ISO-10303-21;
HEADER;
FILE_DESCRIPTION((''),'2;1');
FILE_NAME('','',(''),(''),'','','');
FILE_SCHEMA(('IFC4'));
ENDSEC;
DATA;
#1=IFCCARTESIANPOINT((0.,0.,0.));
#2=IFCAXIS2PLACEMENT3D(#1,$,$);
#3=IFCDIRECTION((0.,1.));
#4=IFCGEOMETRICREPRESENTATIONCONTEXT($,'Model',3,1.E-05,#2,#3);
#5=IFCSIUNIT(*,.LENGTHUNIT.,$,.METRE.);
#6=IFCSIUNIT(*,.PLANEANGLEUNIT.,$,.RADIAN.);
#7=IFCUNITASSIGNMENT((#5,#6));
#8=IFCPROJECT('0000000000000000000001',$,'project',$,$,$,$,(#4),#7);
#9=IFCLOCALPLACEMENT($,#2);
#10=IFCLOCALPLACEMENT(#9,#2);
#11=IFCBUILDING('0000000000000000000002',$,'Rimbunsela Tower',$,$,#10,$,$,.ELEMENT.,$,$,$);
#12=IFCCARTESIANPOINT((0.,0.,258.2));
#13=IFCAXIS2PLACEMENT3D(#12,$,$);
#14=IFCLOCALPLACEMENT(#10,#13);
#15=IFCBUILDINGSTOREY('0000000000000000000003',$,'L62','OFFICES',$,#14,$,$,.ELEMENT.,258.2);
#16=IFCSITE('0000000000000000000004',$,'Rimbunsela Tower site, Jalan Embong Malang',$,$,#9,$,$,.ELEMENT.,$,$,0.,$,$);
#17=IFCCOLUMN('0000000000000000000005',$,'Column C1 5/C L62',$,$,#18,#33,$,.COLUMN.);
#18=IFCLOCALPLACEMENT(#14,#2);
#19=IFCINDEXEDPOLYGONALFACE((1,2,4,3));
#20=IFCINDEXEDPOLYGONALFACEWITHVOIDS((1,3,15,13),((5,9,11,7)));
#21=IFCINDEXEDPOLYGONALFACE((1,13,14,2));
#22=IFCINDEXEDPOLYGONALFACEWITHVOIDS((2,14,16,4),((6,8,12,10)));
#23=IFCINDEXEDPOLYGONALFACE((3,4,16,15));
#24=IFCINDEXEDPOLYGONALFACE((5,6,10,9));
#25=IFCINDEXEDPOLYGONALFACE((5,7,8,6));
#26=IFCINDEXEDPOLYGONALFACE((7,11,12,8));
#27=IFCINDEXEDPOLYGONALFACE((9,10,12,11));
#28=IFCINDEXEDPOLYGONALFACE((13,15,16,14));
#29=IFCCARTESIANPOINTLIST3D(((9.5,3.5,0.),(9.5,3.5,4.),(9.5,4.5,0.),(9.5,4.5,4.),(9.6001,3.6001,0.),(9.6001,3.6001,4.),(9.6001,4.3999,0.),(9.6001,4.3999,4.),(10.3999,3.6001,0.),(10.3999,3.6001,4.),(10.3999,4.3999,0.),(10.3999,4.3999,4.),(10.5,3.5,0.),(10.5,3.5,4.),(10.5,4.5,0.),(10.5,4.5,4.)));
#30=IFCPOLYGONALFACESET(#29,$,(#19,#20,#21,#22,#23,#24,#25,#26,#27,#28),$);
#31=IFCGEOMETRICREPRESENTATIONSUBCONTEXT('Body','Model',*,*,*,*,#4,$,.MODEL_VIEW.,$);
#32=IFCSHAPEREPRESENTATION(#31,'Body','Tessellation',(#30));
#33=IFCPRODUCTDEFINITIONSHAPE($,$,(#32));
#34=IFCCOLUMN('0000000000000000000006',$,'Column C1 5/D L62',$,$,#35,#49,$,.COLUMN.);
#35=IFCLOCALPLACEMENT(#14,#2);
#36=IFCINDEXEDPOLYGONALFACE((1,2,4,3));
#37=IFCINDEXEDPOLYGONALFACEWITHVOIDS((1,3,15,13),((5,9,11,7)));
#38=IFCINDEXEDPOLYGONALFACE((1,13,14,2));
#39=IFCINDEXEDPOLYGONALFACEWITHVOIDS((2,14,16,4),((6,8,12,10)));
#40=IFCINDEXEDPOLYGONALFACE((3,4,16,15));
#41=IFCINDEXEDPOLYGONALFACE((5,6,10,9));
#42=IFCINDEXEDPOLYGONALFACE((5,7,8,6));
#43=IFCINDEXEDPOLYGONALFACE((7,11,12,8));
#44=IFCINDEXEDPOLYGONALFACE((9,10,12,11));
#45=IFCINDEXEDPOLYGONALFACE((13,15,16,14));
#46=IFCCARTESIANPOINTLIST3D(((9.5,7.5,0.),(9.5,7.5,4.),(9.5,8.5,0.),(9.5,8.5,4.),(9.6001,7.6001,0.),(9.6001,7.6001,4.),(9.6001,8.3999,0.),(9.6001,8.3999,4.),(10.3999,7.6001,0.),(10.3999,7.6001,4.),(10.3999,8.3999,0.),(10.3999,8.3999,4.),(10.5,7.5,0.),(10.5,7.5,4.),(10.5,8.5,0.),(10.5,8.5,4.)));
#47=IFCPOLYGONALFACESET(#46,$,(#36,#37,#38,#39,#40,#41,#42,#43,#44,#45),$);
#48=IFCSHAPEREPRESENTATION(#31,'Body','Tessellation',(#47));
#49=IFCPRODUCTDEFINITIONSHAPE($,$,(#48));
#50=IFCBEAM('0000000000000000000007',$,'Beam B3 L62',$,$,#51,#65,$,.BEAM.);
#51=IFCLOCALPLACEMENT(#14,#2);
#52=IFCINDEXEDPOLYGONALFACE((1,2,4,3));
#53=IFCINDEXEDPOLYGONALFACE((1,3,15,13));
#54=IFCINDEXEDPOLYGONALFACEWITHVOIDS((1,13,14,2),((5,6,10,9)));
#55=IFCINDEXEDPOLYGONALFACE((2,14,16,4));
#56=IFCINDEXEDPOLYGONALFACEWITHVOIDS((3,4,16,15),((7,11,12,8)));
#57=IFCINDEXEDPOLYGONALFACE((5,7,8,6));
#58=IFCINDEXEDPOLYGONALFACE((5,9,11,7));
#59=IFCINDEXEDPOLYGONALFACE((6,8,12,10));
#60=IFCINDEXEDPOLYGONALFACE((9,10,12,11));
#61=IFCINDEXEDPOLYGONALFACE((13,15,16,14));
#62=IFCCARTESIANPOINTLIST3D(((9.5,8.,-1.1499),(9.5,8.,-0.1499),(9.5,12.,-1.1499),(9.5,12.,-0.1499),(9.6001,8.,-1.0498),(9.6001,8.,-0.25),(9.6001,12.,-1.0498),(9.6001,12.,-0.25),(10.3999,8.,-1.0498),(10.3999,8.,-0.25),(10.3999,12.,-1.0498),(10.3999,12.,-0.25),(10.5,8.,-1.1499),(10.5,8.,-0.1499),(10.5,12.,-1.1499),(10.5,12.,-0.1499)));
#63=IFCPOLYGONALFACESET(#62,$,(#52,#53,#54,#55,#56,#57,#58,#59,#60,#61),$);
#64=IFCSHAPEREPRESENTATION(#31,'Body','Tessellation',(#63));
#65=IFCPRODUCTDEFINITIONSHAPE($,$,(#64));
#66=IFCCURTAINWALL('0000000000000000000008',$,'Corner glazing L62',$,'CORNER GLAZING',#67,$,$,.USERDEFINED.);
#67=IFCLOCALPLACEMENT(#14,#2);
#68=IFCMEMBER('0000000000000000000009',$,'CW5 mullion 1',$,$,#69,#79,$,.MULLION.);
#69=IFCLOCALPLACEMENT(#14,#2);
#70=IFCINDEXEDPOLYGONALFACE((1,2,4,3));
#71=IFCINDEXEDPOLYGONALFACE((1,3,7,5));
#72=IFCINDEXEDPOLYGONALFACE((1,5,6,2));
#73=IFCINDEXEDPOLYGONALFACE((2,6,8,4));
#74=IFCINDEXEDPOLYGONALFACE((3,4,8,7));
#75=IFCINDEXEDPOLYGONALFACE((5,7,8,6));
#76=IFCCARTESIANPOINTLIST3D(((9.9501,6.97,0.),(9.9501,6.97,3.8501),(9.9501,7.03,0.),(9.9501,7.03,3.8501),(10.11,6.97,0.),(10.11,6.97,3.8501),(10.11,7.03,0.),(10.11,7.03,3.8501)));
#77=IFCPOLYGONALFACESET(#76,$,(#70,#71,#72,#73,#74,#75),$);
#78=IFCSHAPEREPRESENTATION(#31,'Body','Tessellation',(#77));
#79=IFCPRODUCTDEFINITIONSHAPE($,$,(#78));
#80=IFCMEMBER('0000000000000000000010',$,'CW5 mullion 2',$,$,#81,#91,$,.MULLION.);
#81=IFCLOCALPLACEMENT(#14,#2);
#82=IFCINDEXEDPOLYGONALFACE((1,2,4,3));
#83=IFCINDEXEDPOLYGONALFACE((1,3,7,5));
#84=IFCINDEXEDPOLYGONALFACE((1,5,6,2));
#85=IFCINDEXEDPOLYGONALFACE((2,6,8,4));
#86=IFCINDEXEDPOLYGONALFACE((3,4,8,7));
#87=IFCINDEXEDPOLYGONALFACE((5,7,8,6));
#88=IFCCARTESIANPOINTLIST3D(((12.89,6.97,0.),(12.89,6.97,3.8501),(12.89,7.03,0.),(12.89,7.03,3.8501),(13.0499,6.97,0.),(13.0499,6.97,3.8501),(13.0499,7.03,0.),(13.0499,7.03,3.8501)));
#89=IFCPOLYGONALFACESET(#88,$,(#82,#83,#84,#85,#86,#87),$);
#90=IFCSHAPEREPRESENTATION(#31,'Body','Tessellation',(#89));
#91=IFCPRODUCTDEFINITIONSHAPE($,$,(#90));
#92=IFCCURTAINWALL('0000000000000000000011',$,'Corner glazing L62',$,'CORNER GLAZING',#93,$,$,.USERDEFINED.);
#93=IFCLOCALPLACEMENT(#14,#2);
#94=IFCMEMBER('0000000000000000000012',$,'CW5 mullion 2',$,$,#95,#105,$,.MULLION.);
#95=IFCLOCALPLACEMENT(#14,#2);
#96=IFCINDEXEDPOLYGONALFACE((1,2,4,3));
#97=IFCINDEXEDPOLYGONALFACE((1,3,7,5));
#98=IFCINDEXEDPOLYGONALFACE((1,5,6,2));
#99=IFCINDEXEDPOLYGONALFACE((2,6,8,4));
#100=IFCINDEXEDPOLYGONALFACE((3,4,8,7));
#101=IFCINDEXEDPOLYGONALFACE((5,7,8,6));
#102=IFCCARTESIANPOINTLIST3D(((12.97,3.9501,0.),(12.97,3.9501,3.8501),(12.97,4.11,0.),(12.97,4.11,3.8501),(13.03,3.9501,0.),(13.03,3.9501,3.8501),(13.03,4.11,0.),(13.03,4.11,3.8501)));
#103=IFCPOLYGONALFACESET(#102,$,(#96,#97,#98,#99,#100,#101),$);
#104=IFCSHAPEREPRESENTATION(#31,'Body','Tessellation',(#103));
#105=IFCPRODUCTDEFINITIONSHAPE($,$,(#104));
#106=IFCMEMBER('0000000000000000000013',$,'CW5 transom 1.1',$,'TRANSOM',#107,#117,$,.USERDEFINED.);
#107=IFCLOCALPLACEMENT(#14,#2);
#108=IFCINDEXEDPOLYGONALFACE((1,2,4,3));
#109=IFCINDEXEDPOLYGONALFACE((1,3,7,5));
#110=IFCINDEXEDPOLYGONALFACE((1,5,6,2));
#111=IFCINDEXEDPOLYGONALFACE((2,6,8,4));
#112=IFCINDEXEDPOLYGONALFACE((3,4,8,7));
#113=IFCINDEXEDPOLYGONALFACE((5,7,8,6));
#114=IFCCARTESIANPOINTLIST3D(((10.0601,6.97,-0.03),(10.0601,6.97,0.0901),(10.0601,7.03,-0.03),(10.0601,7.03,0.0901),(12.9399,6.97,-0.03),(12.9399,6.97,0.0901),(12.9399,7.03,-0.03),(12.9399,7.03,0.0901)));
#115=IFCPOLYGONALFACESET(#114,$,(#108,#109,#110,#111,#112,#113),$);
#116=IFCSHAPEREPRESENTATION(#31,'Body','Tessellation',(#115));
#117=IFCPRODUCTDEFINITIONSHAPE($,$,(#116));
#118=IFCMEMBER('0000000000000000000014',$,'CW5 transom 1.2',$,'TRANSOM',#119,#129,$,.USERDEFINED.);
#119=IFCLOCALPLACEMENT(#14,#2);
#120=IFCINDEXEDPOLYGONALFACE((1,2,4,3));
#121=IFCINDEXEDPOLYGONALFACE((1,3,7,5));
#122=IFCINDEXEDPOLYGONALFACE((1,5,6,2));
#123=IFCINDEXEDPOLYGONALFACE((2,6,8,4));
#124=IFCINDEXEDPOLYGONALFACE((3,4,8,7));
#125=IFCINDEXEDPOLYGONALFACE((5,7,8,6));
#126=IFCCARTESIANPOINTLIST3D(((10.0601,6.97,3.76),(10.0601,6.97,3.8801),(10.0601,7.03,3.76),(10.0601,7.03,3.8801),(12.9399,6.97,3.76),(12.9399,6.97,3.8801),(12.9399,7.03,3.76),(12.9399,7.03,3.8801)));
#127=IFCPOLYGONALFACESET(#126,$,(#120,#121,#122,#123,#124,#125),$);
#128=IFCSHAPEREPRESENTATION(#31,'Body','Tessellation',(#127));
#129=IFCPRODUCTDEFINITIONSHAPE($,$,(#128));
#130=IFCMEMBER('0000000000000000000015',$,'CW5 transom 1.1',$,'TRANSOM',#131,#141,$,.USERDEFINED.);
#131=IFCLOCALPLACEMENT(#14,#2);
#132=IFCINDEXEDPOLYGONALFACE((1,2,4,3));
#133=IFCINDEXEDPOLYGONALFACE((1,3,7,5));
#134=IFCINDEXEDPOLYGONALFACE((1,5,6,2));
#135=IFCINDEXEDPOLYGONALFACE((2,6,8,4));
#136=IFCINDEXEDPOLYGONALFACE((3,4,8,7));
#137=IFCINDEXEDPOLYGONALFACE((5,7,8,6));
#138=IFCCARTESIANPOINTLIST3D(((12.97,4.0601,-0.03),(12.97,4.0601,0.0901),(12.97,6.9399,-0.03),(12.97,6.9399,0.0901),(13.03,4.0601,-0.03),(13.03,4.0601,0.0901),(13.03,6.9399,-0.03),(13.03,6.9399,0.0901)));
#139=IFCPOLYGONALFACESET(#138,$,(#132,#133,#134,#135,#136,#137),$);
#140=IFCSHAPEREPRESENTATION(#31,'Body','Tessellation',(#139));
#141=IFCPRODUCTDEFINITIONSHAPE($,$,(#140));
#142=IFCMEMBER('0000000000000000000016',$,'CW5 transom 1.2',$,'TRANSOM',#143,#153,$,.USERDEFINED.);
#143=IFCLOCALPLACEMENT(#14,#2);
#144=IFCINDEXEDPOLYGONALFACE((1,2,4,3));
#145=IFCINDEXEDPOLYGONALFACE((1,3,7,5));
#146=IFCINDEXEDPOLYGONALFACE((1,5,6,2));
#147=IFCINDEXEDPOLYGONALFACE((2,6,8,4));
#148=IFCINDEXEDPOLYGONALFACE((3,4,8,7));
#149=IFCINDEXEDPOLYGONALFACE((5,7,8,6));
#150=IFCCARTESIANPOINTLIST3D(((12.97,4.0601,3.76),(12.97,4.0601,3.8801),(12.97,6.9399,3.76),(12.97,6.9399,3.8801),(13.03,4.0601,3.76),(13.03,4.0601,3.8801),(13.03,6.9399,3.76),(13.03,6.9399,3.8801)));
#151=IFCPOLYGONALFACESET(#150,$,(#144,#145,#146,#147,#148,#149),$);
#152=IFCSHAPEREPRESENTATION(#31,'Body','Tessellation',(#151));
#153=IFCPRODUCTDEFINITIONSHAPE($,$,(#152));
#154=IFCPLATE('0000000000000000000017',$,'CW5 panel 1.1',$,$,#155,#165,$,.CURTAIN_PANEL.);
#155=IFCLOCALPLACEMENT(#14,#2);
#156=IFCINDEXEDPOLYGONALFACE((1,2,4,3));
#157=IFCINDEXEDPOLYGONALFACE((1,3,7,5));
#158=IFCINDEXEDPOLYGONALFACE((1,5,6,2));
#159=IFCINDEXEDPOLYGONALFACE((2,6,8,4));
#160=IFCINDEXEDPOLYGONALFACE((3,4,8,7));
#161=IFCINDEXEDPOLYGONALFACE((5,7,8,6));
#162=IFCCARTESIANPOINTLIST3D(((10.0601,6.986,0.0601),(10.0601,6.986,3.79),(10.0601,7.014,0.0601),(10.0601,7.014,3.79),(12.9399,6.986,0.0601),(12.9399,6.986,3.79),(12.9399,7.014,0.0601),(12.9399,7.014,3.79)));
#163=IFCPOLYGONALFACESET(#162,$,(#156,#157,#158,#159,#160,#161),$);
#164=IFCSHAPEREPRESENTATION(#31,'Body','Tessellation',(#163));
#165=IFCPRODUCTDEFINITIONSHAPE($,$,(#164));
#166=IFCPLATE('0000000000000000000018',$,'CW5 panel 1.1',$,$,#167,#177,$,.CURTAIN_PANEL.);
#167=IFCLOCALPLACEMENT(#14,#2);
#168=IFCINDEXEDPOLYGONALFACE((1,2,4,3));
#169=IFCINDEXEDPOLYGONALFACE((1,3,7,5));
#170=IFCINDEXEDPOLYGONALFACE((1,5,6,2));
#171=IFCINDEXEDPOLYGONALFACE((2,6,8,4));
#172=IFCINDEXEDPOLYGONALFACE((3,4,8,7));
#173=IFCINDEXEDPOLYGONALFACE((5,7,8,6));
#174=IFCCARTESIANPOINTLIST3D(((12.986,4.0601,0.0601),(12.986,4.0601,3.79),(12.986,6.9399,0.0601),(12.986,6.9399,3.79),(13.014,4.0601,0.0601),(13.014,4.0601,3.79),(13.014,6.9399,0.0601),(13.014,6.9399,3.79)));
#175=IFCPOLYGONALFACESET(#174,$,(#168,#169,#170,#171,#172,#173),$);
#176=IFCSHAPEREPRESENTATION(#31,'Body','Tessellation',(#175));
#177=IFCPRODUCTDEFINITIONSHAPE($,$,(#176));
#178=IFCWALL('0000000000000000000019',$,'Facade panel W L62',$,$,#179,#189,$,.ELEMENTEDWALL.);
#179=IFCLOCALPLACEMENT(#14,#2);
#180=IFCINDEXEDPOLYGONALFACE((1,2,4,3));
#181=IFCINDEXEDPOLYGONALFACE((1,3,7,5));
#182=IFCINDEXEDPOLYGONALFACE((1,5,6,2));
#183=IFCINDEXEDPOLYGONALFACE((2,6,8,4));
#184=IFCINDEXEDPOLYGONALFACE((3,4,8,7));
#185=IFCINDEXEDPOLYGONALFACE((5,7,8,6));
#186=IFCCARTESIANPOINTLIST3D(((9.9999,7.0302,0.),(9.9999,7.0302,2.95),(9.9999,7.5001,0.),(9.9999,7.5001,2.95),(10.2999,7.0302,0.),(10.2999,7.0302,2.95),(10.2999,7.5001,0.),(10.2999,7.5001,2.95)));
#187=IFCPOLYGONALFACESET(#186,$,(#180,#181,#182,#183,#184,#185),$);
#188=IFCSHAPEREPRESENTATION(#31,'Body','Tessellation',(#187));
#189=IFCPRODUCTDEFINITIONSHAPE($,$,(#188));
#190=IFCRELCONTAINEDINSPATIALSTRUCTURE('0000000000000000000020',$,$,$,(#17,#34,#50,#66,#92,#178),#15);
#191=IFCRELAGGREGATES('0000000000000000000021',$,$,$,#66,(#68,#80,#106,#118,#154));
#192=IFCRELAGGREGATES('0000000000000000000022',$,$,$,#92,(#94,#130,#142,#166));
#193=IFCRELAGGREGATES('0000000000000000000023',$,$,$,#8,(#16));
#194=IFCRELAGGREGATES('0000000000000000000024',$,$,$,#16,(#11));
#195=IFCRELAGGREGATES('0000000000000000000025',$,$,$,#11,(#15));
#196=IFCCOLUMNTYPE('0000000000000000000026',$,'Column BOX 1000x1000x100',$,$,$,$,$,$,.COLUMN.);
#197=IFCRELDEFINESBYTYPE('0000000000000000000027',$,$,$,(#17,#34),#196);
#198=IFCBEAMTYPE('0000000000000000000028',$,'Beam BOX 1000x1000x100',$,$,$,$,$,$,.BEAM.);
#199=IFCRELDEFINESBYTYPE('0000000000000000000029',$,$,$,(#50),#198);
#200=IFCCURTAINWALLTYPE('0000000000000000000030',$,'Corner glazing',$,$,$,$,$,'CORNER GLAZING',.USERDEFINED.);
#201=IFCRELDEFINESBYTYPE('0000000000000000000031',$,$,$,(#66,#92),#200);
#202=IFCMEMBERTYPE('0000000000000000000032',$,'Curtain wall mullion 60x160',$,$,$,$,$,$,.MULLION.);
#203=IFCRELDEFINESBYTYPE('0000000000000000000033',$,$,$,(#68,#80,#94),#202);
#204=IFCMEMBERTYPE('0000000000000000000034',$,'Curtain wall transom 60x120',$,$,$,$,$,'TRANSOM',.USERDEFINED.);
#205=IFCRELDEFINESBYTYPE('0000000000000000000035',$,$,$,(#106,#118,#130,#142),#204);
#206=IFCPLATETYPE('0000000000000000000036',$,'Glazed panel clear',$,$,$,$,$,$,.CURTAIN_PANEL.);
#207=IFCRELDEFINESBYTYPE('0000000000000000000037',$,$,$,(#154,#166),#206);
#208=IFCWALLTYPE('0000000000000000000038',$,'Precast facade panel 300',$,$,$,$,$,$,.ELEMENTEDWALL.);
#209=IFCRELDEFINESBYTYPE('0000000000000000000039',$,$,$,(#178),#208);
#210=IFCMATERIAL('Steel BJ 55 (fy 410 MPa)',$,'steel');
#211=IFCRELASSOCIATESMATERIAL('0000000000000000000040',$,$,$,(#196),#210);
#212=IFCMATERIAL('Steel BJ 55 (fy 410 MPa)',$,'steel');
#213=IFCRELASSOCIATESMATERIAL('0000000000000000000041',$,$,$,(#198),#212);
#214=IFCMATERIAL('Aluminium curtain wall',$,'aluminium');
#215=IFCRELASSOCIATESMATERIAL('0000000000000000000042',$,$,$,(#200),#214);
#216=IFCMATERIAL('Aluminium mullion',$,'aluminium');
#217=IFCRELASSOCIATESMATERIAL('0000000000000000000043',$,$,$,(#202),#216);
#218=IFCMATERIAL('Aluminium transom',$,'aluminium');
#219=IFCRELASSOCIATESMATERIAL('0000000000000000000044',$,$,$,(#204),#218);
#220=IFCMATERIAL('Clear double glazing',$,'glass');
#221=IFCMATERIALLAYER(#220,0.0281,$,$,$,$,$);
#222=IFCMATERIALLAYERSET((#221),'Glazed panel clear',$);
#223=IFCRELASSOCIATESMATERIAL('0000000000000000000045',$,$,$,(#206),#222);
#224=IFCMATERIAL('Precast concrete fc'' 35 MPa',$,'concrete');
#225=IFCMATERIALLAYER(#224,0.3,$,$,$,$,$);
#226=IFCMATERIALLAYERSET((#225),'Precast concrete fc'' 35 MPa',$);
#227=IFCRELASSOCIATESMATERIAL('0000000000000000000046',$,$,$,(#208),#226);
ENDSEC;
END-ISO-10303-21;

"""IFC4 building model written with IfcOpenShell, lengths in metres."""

from ifc_helpers import new_model, si_unit, direction, frame, frame_2d, origin, origin_2d, place, context, subcontext, project, spatial, rectangle, hollow_rectangle, extrude, material, layer, layer_set, material_profile, profile_set, type_object, element, aggregate, save


model = new_model("IFC4")

# Units and contexts
model_context = context("Model", 3, precision=1e-05, world=origin(), true_north=direction((0.0, 1.0)))
body_context = subcontext(model_context, "Body", "Model", "MODEL_VIEW")
ifc_project = project(units=[si_unit("LENGTHUNIT", "METRE"), si_unit("PLANEANGLEUNIT", "RADIAN")], contexts=[model_context])

# Site, building, storey
site_placement = place(None, origin())
site = spatial("IfcSite", under=ifc_project, at=site_placement, Name="Rimbunsela Tower site, Jalan Embong Malang", CompositionType="ELEMENT", RefElevation=0.0)
building_placement = place(site_placement, origin())
building = spatial("IfcBuilding", under=site, at=building_placement, Name="Rimbunsela Tower", CompositionType="ELEMENT")
storey_placement = place(building_placement, frame((0.0, 0.0, 258.2)))
storey = spatial("IfcBuildingStorey", under=building, at=storey_placement, Name="L62", Description="OFFICES", CompositionType="ELEMENT", Elevation=258.2)

# Columns
ifc_material_1 = material(Name="Steel BJ 55 (fy 410 MPa)", Category="steel")
ifc_material_profile_1 = material_profile(ifc_material_1, hollow_rectangle(XDim=1.0, YDim=1.0, WallThickness=0.1001, at=origin_2d()), Name="BOX 1000x1000x100")
ifc_profile_set_1 = profile_set([ifc_material_profile_1], Name="Steel BJ 55 (fy 410 MPa)")
column_type = type_object("IfcColumnType", Name="Column BOX 1000x1000x100", PredefinedType="COLUMN", material=ifc_profile_set_1)
for number, where, z_axis, x_axis, name in (
    (1, (10.0, 4.0, 0.0), (0.0, 0.0, 1.0), (1.0, 0.0, 0.0), "Column C1 5/C L62"),
    (2, (10.0, 8.0, 0.0), (0.0, 0.0, 1.0), (1.0, 0.0, 0.0), "Column C1 5/D L62"),
):
    element("IfcColumn", number, at=place(storey_placement, frame(where, z_axis=z_axis, x_axis=x_axis)), inside=storey, type_object=column_type, Name=name, PredefinedType="COLUMN", context=body_context, shape_type="SweptSolid", body=[
        extrude(hollow_rectangle(XDim=1.0, YDim=1.0, WallThickness=0.1001, at=origin_2d()), origin(), (0.0, 0.0, 1.0), 4.0),
    ])

# Beam
ifc_material_2 = material(Name="Steel BJ 55 (fy 410 MPa)", Category="steel")
ifc_material_profile_2 = material_profile(ifc_material_2, hollow_rectangle(XDim=1.0, YDim=1.0, WallThickness=0.1001, at=origin_2d()), Name="BOX 1000x1000x100")
ifc_profile_set_2 = profile_set([ifc_material_profile_2], Name="Steel BJ 55 (fy 410 MPa)")
beam_type = type_object("IfcBeamType", Name="Beam BOX 1000x1000x100", PredefinedType="BEAM", material=ifc_profile_set_2)
beam_placement = place(storey_placement, frame((10.0, 8.0, -0.6499), z_axis=(0.0, 1.0, 0.0), x_axis=(-1.0, 0.0, 0.0)))
element("IfcBeam", 3, at=beam_placement, inside=storey, type_object=beam_type, Name="Beam B3 L62", PredefinedType="BEAM", context=body_context, shape_type="SweptSolid", body=[
    extrude(hollow_rectangle(XDim=1.0, YDim=1.0, WallThickness=0.1001, at=origin_2d()), origin(), (0.0, 0.0, 1.0), 4.0),
])

# Curtain wall, members
ifc_material_3 = material(Name="Aluminium curtain wall", Category="aluminium")
curtain_wall_type = type_object("IfcCurtainWallType", Name="Corner glazing", ElementType="CORNER GLAZING", PredefinedType="USERDEFINED", material=ifc_material_3)
curtain_wall_1_placement = place(storey_placement, origin())
curtain_wall_1 = element("IfcCurtainWall", 4, at=curtain_wall_1_placement, inside=storey, type_object=curtain_wall_type, Name="Corner glazing L62", ObjectType="CORNER GLAZING", PredefinedType="USERDEFINED")
ifc_material_4 = material(Name="Aluminium mullion", Category="aluminium")
ifc_material_profile_3 = material_profile(ifc_material_4, rectangle(XDim=0.0601, YDim=0.1599, at=origin_2d()), Name="Mullion 60x160")
ifc_profile_set_3 = profile_set([ifc_material_profile_3], Name="Aluminium mullion")
member_type_1 = type_object("IfcMemberType", Name="Curtain wall mullion 60x160", PredefinedType="MULLION", material=ifc_profile_set_3)
member_1_placement = place(storey_placement, frame((10.03, 7.0, 0.0), z_axis=(0.0, 0.0, 1.0), x_axis=(0.0, 1.0, 0.0)))
member_1 = element("IfcMember", 5, at=member_1_placement, type_object=member_type_1, Name="CW5 mullion 1", PredefinedType="MULLION", context=body_context, shape_type="SweptSolid", body=[
    extrude(rectangle(XDim=0.0601, YDim=0.1599, at=origin_2d()), origin(), (0.0, 0.0, 1.0), 3.8501),
])
member_2_placement = place(storey_placement, frame((12.97, 7.0, 0.0), z_axis=(0.0, 0.0, 1.0), x_axis=(0.0, 1.0, 0.0)))
member_2 = element("IfcMember", 6, at=member_2_placement, type_object=member_type_1, Name="CW5 mullion 2", PredefinedType="MULLION", context=body_context, shape_type="SweptSolid", body=[
    extrude(rectangle(XDim=0.0601, YDim=0.1599, at=origin_2d()), origin(), (0.0, 0.0, 1.0), 3.8501),
])

# Curtain wall, member
curtain_wall_2_placement = place(storey_placement, origin())
curtain_wall_2 = element("IfcCurtainWall", 7, at=curtain_wall_2_placement, inside=storey, type_object=curtain_wall_type, Name="Corner glazing L62", ObjectType="CORNER GLAZING", PredefinedType="USERDEFINED")
member_3_placement = place(storey_placement, frame((13.0, 4.03, 0.0), z_axis=(0.0, 0.0, 1.0), x_axis=(1.0, 0.0, 0.0)))
member_3 = element("IfcMember", 8, at=member_3_placement, type_object=member_type_1, Name="CW5 mullion 2", PredefinedType="MULLION", context=body_context, shape_type="SweptSolid", body=[
    extrude(rectangle(XDim=0.0601, YDim=0.1599, at=origin_2d()), origin(), (0.0, 0.0, 1.0), 3.8501),
])

# Members
ifc_material_5 = material(Name="Aluminium transom", Category="aluminium")
ifc_material_profile_4 = material_profile(ifc_material_5, rectangle(XDim=0.0601, YDim=0.1201, at=origin_2d()), Name="Transom 60x120")
ifc_profile_set_4 = profile_set([ifc_material_profile_4], Name="Aluminium transom")
member_type_2 = type_object("IfcMemberType", Name="Curtain wall transom 60x120", ElementType="TRANSOM", PredefinedType="USERDEFINED", material=ifc_profile_set_4)
member_4_placement = place(storey_placement, frame((10.0601, 7.0, 0.03), z_axis=(1.0, 0.0, 0.0), x_axis=(0.0, 1.0, 0.0)))
member_4 = element("IfcMember", 9, at=member_4_placement, type_object=member_type_2, Name="CW5 transom 1.1", ObjectType="TRANSOM", PredefinedType="USERDEFINED", context=body_context, shape_type="SweptSolid", body=[
    extrude(rectangle(XDim=0.0601, YDim=0.1201, at=origin_2d()), origin(), (0.0, 0.0, 1.0), 2.8799),
])
member_5_placement = place(storey_placement, frame((10.0601, 7.0, 3.8201), z_axis=(1.0, 0.0, 0.0), x_axis=(0.0, 1.0, 0.0)))
member_5 = element("IfcMember", 10, at=member_5_placement, type_object=member_type_2, Name="CW5 transom 1.2", ObjectType="TRANSOM", PredefinedType="USERDEFINED", context=body_context, shape_type="SweptSolid", body=[
    extrude(rectangle(XDim=0.0601, YDim=0.1201, at=origin_2d()), origin(), (0.0, 0.0, 1.0), 2.8799),
])
member_6_placement = place(storey_placement, frame((13.0, 6.9399, 0.03), z_axis=(0.0, -1.0, 0.0), x_axis=(1.0, 0.0, 0.0)))
member_6 = element("IfcMember", 11, at=member_6_placement, type_object=member_type_2, Name="CW5 transom 1.1", ObjectType="TRANSOM", PredefinedType="USERDEFINED", context=body_context, shape_type="SweptSolid", body=[
    extrude(rectangle(XDim=0.0601, YDim=0.1201, at=origin_2d()), origin(), (0.0, 0.0, 1.0), 2.8799),
])
member_7_placement = place(storey_placement, frame((13.0, 6.9399, 3.8201), z_axis=(0.0, -1.0, 0.0), x_axis=(1.0, 0.0, 0.0)))
member_7 = element("IfcMember", 12, at=member_7_placement, type_object=member_type_2, Name="CW5 transom 1.2", ObjectType="TRANSOM", PredefinedType="USERDEFINED", context=body_context, shape_type="SweptSolid", body=[
    extrude(rectangle(XDim=0.0601, YDim=0.1201, at=origin_2d()), origin(), (0.0, 0.0, 1.0), 2.8799),
])

# Plates
ifc_material_6 = material(Name="Clear double glazing", Category="glass")
ifc_layer_1 = layer(ifc_material_6, 0.0281)
ifc_layer_set_1 = layer_set([ifc_layer_1], Name="Glazed panel clear")
plate_type = type_object("IfcPlateType", Name="Glazed panel clear", PredefinedType="CURTAIN_PANEL", material=ifc_layer_set_1)
plate_1_placement = place(storey_placement, frame((11.5, 7.0, 0.0601), z_axis=(0.0, 0.0, 1.0), x_axis=(1.0, 0.0, 0.0)))
plate_1 = element("IfcPlate", 13, at=plate_1_placement, type_object=plate_type, Name="CW5 panel 1.1", PredefinedType="CURTAIN_PANEL", context=body_context, shape_type="SweptSolid", body=[
    extrude(rectangle(XDim=2.8799, YDim=0.0281, at=origin_2d()), origin(), (0.0, 0.0, 1.0), 3.73),
])
aggregate(curtain_wall_1, [member_1, member_2, member_4, member_5, plate_1])
plate_2_placement = place(storey_placement, frame((13.0, 5.5, 0.0601), z_axis=(0.0, 0.0, 1.0), x_axis=(0.0, -1.0, 0.0)))
plate_2 = element("IfcPlate", 14, at=plate_2_placement, type_object=plate_type, Name="CW5 panel 1.1", PredefinedType="CURTAIN_PANEL", context=body_context, shape_type="SweptSolid", body=[
    extrude(rectangle(XDim=2.8799, YDim=0.0281, at=origin_2d()), origin(), (0.0, 0.0, 1.0), 3.73),
])
aggregate(curtain_wall_2, [member_3, member_6, member_7, plate_2])

# Wall
ifc_material_7 = material(Name="Precast concrete fc' 35 MPa", Category="concrete")
ifc_layer_2 = layer(ifc_material_7, 0.3)
ifc_layer_set_2 = layer_set([ifc_layer_2], Name="Precast concrete fc' 35 MPa")
wall_type = type_object("IfcWallType", Name="Precast facade panel 300", PredefinedType="ELEMENTEDWALL", material=ifc_layer_set_2)
wall_1_placement = place(storey_placement, frame((10.1499, 7.5, 0.0), z_axis=(0.0, 0.0, 1.0), x_axis=(0.0, -1.0, 0.0)))
element("IfcWall", 15, at=wall_1_placement, inside=storey, type_object=wall_type, Name="Facade panel W L62", PredefinedType="ELEMENTEDWALL", context=body_context, shape_type="SweptSolid", body=[
    extrude(rectangle(XDim=0.47, YDim=0.3, at=frame_2d((0.2349, 0.0))), origin(), (0.0, 0.0, 1.0), 2.95),
])

save(model, "model.ifc")
